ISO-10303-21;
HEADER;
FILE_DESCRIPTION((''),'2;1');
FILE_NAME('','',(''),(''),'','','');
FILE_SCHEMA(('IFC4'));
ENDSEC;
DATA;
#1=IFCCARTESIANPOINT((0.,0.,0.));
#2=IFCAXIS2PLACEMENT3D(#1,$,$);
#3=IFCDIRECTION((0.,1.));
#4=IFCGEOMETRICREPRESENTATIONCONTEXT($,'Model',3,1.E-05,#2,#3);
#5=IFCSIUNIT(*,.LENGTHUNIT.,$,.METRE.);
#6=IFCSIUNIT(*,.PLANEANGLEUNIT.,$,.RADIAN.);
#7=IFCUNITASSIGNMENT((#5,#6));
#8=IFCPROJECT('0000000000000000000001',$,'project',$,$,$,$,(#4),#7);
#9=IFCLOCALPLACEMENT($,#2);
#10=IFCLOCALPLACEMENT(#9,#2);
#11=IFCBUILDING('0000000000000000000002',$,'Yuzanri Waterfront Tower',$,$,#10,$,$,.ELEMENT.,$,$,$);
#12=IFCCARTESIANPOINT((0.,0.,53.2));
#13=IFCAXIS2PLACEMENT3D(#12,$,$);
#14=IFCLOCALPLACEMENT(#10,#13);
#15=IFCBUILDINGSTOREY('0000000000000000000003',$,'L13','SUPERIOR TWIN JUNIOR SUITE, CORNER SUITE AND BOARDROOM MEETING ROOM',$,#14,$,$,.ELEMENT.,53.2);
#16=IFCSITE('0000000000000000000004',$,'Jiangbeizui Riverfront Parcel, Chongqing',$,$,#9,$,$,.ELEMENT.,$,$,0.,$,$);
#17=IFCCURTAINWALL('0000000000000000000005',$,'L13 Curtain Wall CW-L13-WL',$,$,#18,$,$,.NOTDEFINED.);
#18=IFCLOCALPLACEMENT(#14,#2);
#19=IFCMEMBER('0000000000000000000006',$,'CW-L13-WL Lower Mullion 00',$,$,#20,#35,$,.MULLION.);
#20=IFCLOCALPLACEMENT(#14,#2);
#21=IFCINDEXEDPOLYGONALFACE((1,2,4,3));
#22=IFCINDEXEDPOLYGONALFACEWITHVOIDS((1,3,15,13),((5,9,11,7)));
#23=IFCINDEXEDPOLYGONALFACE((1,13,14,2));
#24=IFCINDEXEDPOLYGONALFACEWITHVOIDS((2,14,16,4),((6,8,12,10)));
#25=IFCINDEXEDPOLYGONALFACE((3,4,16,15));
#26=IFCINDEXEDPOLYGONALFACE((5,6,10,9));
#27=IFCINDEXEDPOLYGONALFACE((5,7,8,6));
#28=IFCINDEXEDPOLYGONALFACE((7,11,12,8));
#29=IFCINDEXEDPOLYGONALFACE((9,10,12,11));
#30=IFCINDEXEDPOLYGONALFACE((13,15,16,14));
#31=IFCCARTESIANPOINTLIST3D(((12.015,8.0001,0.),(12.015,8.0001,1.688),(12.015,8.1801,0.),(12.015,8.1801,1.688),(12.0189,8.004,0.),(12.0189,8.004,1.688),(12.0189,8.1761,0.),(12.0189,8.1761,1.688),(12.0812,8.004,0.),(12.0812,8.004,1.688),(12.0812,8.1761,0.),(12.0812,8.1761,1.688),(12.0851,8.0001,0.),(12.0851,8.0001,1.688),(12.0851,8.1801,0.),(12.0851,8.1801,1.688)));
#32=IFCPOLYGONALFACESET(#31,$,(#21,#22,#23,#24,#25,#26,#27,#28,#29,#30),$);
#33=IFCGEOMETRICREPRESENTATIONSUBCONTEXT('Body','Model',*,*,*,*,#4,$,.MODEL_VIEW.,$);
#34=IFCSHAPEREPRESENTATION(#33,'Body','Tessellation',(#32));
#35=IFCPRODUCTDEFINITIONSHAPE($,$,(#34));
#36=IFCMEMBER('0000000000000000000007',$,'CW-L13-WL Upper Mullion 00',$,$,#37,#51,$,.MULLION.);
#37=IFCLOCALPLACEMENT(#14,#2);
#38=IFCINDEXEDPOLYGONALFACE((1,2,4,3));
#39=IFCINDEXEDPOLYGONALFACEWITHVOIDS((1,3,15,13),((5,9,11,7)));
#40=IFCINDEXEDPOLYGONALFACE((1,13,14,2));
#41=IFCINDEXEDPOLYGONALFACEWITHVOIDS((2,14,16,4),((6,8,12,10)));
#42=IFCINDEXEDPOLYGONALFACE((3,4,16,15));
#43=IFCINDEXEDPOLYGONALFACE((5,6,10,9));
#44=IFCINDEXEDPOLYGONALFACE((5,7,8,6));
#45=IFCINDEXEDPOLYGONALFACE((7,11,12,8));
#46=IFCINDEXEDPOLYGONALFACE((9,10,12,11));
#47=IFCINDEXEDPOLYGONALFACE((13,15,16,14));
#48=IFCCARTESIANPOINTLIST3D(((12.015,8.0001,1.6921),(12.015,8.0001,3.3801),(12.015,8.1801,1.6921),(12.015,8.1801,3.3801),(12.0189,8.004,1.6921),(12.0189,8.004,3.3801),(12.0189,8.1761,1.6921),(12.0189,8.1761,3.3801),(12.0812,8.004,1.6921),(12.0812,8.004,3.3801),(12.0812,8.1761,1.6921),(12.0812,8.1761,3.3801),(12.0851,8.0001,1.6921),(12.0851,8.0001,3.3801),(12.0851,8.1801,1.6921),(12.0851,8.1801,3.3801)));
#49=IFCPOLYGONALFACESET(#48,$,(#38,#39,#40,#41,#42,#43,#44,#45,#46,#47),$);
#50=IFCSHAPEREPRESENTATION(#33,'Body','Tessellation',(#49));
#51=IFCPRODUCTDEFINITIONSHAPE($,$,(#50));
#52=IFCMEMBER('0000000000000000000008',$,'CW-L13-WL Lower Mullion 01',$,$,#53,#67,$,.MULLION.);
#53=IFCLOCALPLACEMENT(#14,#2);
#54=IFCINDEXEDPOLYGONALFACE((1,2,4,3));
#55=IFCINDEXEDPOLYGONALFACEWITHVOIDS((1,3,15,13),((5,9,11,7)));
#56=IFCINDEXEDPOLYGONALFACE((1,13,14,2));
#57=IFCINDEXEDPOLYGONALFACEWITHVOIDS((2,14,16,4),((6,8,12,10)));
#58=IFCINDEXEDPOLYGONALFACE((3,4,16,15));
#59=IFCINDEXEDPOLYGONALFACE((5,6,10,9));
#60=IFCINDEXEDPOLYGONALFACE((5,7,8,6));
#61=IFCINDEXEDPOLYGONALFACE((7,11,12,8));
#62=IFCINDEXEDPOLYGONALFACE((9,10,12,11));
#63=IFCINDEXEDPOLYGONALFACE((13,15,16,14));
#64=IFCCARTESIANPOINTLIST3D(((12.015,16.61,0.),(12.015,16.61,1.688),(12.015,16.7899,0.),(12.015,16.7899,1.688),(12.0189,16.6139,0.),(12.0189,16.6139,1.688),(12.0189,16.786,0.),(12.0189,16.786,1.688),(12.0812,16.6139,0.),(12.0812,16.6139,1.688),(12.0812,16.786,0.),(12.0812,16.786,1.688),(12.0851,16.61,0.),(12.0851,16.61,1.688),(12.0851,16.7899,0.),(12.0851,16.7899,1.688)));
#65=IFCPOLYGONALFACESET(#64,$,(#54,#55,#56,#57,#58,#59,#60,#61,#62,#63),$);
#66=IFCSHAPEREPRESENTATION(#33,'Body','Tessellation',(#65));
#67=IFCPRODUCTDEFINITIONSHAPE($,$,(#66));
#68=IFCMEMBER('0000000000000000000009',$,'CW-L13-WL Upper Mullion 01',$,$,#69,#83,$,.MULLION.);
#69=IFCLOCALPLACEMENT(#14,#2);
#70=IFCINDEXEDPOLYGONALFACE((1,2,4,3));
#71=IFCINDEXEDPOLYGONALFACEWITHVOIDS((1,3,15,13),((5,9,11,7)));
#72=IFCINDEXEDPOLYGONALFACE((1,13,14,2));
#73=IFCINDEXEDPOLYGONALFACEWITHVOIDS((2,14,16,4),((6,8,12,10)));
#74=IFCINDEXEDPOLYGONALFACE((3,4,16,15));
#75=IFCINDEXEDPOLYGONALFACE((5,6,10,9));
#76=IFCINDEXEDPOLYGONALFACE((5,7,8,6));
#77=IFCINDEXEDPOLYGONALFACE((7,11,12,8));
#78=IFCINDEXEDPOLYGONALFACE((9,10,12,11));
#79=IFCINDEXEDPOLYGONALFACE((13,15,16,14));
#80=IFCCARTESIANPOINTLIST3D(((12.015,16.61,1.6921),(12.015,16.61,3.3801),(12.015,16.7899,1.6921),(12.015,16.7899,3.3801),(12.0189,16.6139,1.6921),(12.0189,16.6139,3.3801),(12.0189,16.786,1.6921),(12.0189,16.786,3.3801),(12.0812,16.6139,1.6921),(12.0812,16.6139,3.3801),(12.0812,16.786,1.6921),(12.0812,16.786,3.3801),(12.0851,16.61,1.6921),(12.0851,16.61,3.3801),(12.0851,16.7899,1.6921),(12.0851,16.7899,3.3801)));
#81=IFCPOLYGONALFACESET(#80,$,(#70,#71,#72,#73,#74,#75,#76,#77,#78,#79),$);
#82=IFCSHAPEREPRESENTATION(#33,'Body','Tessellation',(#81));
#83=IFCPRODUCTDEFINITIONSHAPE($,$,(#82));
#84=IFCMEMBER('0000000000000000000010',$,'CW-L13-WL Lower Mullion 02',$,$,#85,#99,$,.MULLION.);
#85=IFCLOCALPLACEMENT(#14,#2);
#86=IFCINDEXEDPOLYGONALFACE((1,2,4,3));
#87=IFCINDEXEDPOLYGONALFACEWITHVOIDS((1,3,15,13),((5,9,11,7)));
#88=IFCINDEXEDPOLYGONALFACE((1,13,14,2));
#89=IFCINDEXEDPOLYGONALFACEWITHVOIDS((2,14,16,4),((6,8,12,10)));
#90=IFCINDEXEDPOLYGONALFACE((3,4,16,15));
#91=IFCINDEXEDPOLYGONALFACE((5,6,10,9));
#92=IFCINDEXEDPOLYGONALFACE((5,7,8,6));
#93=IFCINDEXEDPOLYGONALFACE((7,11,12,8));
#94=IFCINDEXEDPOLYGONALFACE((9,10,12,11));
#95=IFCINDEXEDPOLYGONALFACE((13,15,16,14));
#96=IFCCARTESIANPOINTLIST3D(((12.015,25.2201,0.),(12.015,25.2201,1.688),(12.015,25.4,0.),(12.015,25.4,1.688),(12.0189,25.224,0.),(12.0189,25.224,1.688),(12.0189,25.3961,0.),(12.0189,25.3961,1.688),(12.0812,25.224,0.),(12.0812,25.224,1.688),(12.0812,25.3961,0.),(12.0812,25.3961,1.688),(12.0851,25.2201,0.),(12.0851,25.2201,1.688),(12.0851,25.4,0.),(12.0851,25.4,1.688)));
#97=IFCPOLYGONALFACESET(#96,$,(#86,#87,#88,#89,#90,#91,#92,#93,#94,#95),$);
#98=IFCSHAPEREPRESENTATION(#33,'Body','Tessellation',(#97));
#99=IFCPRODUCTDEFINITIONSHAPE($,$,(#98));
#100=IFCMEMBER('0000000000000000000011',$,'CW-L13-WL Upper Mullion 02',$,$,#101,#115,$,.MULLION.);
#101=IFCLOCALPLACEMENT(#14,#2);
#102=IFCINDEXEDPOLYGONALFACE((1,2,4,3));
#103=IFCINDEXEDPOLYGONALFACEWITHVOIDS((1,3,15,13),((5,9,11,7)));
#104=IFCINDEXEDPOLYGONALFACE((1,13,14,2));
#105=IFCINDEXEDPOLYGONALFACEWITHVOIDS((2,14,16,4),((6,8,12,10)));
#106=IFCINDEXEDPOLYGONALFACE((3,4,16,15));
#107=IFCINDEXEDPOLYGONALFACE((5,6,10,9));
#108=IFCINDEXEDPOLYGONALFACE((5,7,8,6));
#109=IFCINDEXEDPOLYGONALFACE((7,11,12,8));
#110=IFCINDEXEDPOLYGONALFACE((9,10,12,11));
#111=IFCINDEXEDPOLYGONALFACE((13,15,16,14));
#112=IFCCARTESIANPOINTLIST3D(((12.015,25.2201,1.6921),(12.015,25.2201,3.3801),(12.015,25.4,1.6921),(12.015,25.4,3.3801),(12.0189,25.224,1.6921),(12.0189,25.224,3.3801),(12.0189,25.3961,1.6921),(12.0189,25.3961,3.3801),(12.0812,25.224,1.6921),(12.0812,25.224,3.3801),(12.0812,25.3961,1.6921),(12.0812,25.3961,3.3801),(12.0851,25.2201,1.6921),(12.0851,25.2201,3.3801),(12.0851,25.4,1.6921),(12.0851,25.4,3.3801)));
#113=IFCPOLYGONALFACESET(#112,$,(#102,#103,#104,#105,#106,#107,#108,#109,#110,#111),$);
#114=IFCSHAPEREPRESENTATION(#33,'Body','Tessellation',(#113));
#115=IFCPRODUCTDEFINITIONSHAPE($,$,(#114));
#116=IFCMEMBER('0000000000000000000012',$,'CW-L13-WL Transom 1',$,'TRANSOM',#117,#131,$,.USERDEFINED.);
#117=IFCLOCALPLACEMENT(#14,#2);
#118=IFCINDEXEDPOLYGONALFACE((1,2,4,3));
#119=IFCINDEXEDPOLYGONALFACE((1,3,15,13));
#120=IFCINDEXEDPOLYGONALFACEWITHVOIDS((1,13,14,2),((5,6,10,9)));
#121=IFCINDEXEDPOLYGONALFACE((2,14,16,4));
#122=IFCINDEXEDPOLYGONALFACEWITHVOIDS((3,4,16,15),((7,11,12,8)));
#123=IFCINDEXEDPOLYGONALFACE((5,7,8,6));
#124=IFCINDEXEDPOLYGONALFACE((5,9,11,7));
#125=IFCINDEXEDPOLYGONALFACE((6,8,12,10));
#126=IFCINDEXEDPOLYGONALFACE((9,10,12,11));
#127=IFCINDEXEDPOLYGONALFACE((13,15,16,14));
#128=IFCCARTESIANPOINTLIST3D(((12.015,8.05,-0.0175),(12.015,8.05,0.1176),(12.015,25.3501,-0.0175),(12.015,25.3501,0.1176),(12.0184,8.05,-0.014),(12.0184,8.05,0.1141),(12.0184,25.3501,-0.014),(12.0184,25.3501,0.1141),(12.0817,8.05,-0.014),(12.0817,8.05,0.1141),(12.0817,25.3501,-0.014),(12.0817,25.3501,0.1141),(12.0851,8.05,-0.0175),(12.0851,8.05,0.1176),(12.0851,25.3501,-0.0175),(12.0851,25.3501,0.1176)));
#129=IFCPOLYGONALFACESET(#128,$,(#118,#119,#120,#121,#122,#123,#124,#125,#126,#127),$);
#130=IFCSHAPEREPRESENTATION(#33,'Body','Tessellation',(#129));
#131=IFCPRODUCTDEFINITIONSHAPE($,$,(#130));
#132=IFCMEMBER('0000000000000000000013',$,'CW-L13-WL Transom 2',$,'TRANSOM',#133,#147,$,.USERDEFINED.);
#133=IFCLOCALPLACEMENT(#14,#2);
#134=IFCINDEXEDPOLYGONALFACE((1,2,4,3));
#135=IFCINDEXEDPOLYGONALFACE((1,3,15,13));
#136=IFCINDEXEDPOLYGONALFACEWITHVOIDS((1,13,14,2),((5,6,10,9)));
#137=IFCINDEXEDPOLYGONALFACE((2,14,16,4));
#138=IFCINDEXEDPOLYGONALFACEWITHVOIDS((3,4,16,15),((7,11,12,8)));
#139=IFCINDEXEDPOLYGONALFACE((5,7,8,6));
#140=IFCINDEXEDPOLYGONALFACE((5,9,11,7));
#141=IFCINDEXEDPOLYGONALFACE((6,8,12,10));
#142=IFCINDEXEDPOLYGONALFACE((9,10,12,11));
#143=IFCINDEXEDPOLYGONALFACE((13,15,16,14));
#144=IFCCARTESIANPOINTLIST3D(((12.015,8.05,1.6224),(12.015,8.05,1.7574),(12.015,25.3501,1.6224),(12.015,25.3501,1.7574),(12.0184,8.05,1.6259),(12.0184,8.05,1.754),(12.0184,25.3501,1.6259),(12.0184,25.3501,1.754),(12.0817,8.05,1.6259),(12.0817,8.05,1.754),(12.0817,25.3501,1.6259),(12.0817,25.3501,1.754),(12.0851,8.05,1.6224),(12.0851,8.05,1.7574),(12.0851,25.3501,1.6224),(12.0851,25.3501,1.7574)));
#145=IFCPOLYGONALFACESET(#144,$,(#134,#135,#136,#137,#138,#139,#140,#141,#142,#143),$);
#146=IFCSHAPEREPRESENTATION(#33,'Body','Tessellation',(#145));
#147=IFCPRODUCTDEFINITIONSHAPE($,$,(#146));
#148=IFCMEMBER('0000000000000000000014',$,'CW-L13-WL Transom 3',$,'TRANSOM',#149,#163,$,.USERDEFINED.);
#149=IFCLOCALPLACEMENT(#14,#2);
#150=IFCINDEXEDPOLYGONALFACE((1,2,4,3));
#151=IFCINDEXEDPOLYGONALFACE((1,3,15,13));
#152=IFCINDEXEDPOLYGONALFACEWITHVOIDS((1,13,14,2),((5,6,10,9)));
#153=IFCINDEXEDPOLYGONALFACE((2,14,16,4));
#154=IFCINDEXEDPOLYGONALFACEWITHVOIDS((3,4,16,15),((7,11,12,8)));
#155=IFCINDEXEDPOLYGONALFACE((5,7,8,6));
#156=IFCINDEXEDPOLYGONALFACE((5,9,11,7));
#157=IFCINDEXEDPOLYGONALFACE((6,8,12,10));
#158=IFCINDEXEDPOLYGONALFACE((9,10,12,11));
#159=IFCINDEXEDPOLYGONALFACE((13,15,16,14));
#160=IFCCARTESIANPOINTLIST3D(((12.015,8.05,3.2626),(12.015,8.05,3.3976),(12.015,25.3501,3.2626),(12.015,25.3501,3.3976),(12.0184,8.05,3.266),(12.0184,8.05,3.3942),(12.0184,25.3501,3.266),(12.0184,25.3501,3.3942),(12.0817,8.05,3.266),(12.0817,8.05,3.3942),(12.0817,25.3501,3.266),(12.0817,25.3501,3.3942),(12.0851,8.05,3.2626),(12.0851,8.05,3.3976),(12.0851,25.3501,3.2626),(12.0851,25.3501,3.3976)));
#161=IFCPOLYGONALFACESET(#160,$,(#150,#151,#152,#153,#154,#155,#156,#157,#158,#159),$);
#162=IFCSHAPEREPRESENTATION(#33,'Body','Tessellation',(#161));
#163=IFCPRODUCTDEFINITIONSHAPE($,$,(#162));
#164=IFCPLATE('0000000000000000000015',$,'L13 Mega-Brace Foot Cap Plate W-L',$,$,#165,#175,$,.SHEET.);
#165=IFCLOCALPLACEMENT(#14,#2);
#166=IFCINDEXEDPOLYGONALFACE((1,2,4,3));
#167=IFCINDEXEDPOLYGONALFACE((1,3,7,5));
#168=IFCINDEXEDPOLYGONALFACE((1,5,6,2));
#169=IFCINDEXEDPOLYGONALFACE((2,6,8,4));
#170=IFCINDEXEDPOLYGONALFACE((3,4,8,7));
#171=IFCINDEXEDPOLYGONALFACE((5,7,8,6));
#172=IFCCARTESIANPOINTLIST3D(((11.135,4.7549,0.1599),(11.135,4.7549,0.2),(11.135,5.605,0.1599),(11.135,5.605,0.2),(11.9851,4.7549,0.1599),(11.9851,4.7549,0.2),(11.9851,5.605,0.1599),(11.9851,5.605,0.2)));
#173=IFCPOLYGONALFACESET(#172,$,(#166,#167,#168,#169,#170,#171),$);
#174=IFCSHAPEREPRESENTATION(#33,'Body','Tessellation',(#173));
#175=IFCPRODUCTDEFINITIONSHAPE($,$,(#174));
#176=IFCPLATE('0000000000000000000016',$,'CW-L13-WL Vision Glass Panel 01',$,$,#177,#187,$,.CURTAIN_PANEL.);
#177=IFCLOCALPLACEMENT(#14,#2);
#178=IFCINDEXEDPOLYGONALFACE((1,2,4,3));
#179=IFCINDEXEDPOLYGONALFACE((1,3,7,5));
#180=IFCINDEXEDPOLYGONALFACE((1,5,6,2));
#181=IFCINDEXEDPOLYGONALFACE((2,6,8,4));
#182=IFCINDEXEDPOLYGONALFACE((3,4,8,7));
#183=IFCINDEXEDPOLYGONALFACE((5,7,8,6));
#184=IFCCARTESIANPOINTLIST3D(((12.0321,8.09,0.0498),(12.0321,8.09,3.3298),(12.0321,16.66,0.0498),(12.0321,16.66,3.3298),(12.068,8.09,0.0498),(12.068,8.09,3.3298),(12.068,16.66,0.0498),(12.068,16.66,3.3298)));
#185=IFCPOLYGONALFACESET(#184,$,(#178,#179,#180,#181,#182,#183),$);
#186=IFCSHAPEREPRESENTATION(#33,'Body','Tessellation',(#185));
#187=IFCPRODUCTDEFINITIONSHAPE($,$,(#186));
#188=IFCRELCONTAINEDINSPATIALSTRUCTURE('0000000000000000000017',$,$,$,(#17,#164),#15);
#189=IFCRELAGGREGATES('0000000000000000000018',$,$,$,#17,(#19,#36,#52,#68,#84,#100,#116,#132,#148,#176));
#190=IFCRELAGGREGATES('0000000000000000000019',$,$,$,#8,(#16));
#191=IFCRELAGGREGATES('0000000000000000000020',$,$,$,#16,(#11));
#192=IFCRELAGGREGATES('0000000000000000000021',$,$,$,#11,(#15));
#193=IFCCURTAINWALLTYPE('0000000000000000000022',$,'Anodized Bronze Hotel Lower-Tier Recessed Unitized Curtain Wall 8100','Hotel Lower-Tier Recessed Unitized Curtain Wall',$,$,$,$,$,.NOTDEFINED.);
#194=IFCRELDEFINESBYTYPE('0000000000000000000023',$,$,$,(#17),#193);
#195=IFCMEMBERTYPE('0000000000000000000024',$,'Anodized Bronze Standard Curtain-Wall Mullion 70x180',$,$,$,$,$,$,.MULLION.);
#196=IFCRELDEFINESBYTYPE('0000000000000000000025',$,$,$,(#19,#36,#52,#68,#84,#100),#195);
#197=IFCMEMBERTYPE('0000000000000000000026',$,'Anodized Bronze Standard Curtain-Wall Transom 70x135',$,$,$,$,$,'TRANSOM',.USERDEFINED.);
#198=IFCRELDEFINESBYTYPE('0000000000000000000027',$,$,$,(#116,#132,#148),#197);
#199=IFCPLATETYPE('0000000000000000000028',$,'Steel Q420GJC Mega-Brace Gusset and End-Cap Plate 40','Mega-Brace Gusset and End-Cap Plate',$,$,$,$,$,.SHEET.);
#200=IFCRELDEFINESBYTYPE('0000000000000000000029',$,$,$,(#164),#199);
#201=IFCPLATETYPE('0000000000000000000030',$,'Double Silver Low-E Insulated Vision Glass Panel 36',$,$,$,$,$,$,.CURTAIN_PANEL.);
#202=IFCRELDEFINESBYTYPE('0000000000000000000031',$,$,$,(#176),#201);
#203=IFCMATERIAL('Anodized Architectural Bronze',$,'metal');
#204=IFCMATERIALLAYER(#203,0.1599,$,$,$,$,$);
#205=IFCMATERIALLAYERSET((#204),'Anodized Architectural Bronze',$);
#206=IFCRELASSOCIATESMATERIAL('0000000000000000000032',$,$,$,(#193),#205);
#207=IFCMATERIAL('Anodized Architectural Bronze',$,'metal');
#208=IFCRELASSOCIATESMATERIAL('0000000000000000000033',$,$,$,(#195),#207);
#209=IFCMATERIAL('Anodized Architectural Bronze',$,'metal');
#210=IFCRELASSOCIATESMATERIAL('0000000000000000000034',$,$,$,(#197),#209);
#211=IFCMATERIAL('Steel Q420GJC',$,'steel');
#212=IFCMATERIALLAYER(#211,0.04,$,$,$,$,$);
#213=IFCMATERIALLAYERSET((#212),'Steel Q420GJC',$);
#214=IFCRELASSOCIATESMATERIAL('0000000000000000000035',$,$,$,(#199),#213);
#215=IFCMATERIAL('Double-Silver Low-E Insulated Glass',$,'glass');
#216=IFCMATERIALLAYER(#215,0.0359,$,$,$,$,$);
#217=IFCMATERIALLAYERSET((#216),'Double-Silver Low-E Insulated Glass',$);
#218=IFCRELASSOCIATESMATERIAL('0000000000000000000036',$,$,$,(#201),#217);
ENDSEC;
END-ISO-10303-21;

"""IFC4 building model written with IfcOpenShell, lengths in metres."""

from ifc_helpers import new_model, si_unit, direction, frame, origin, origin_2d, place, context, subcontext, project, spatial, rectangle, hollow_rectangle, extrude, source, transform, mapped, material, layer, layer_set, material_profile, profile_set, type_object, element, aggregate, save


model = new_model("IFC4")

# Units and contexts
model_context = context("Model", 3, precision=1e-05, world=origin(), true_north=direction((0.0, 1.0)))
body_context = subcontext(model_context, "Body", "Model", "MODEL_VIEW")
ifc_project = project(units=[si_unit("LENGTHUNIT", "METRE"), si_unit("PLANEANGLEUNIT", "RADIAN")], contexts=[model_context])

# Site, building, storey
site_placement = place(None, origin())
site = spatial("IfcSite", under=ifc_project, at=site_placement, Name="Jiangbeizui Riverfront Parcel, Chongqing", CompositionType="ELEMENT", RefElevation=0.0)
building_placement = place(site_placement, origin())
building = spatial("IfcBuilding", under=site, at=building_placement, Name="Yuzanri Waterfront Tower", CompositionType="ELEMENT")
storey_placement = place(building_placement, frame((0.0, 0.0, 53.2)))
storey = spatial("IfcBuildingStorey", under=building, at=storey_placement, Name="L13", Description="SUPERIOR TWIN JUNIOR SUITE, CORNER SUITE AND BOARDROOM MEETING ROOM", CompositionType="ELEMENT", Elevation=53.2)

# Curtain wall, members
ifc_material_1 = material(Name="Anodized Architectural Bronze", Category="metal")
ifc_layer_1 = layer(ifc_material_1, 0.1599)
ifc_layer_set_1 = layer_set([ifc_layer_1], Name="Anodized Architectural Bronze")
curtain_wall_type = type_object("IfcCurtainWallType", Name="Anodized Bronze Hotel Lower-Tier Recessed Unitized Curtain Wall 8100", Description="Hotel Lower-Tier Recessed Unitized Curtain Wall", PredefinedType="NOTDEFINED", material=ifc_layer_set_1)
curtain_wall_placement = place(storey_placement, origin())
curtain_wall = element("IfcCurtainWall", 1, at=curtain_wall_placement, inside=storey, type_object=curtain_wall_type, Name="L13 Curtain Wall CW-L13-WL", PredefinedType="NOTDEFINED")
ifc_material_2 = material(Name="Anodized Architectural Bronze", Category="metal")
ifc_material_profile_1 = material_profile(ifc_material_2, hollow_rectangle(XDim=0.0701, YDim=0.1799, WallThickness=0.0039, at=origin_2d()), Name="CWM 70x180")
ifc_profile_set_1 = profile_set([ifc_material_profile_1], Name="Anodized Architectural Bronze")
member_type_1 = type_object("IfcMemberType", Name="Anodized Bronze Standard Curtain-Wall Mullion 70x180", PredefinedType="MULLION", material=ifc_profile_set_1)
shared_shape_1 = source(origin(), body_context, "Body", "SweptSolid", [
    extrude(hollow_rectangle(XDim=0.0701, YDim=0.1799, WallThickness=0.0039, at=origin_2d()), origin(), (0.0, 0.0, 1.0), 1.688),
])
member_1_placement = place(storey_placement, frame((12.05, 8.0901, 0.0), z_axis=(0.0, 0.0, 1.0), x_axis=(1.0, 0.0, 0.0)))
member_1 = element("IfcMember", 2, at=member_1_placement, type_object=member_type_1, Name="CW-L13-WL Lower Mullion 00", PredefinedType="MULLION", context=body_context, shape_type="MappedRepresentation", body=[
    mapped(shared_shape_1, transform((0.0, 0.0, 0.0), scale=1.0)),
])
member_2_placement = place(storey_placement, frame((12.05, 8.0901, 1.6921), z_axis=(0.0, 0.0, 1.0), x_axis=(1.0, 0.0, 0.0)))
member_2 = element("IfcMember", 3, at=member_2_placement, type_object=member_type_1, Name="CW-L13-WL Upper Mullion 00", PredefinedType="MULLION", context=body_context, shape_type="MappedRepresentation", body=[
    mapped(shared_shape_1, transform((0.0, 0.0, 0.0), scale=1.0)),
])
member_3_placement = place(storey_placement, frame((12.05, 16.7, 0.0), z_axis=(0.0, 0.0, 1.0), x_axis=(1.0, 0.0, 0.0)))
member_3 = element("IfcMember", 4, at=member_3_placement, type_object=member_type_1, Name="CW-L13-WL Lower Mullion 01", PredefinedType="MULLION", context=body_context, shape_type="MappedRepresentation", body=[
    mapped(shared_shape_1, transform((0.0, 0.0, 0.0), scale=1.0)),
])
member_4_placement = place(storey_placement, frame((12.05, 16.7, 1.6921), z_axis=(0.0, 0.0, 1.0), x_axis=(1.0, 0.0, 0.0)))
member_4 = element("IfcMember", 5, at=member_4_placement, type_object=member_type_1, Name="CW-L13-WL Upper Mullion 01", PredefinedType="MULLION", context=body_context, shape_type="MappedRepresentation", body=[
    mapped(shared_shape_1, transform((0.0, 0.0, 0.0), scale=1.0)),
])
member_5_placement = place(storey_placement, frame((12.05, 25.3101, 0.0), z_axis=(0.0, 0.0, 1.0), x_axis=(1.0, 0.0, 0.0)))
member_5 = element("IfcMember", 6, at=member_5_placement, type_object=member_type_1, Name="CW-L13-WL Lower Mullion 02", PredefinedType="MULLION", context=body_context, shape_type="MappedRepresentation", body=[
    mapped(shared_shape_1, transform((0.0, 0.0, 0.0), scale=1.0)),
])
member_6_placement = place(storey_placement, frame((12.05, 25.3101, 1.6921), z_axis=(0.0, 0.0, 1.0), x_axis=(1.0, 0.0, 0.0)))
member_6 = element("IfcMember", 7, at=member_6_placement, type_object=member_type_1, Name="CW-L13-WL Upper Mullion 02", PredefinedType="MULLION", context=body_context, shape_type="MappedRepresentation", body=[
    mapped(shared_shape_1, transform((0.0, 0.0, 0.0), scale=1.0)),
])
ifc_material_3 = material(Name="Anodized Architectural Bronze", Category="metal")
ifc_material_profile_2 = material_profile(ifc_material_3, hollow_rectangle(XDim=0.0701, YDim=0.135, WallThickness=0.0034, at=origin_2d()), Name="CWT 70x135")
ifc_profile_set_2 = profile_set([ifc_material_profile_2], Name="Anodized Architectural Bronze")
member_type_2 = type_object("IfcMemberType", Name="Anodized Bronze Standard Curtain-Wall Transom 70x135", ElementType="TRANSOM", PredefinedType="USERDEFINED", material=ifc_profile_set_2)
shared_shape_2 = source(origin(), body_context, "Body", "SweptSolid", [
    extrude(hollow_rectangle(XDim=0.0701, YDim=0.135, WallThickness=0.0034, at=origin_2d()), origin(), (0.0, 0.0, 1.0), 17.3),
])
member_7_placement = place(storey_placement, frame((12.05, 8.05, 0.05), z_axis=(0.0, 1.0, 0.0), x_axis=(-1.0, 0.0, 0.0)))
member_7 = element("IfcMember", 8, at=member_7_placement, type_object=member_type_2, Name="CW-L13-WL Transom 1", ObjectType="TRANSOM", PredefinedType="USERDEFINED", context=body_context, shape_type="MappedRepresentation", body=[
    mapped(shared_shape_2, transform((0.0, 0.0, 0.0), scale=1.0)),
])
member_8_placement = place(storey_placement, frame((12.05, 8.05, 1.6899), z_axis=(0.0, 1.0, 0.0), x_axis=(-1.0, 0.0, 0.0)))
member_8 = element("IfcMember", 9, at=member_8_placement, type_object=member_type_2, Name="CW-L13-WL Transom 2", ObjectType="TRANSOM", PredefinedType="USERDEFINED", context=body_context, shape_type="MappedRepresentation", body=[
    mapped(shared_shape_2, transform((0.0, 0.0, 0.0), scale=1.0)),
])
member_9_placement = place(storey_placement, frame((12.05, 8.05, 3.3301), z_axis=(0.0, 1.0, 0.0), x_axis=(-1.0, 0.0, 0.0)))
member_9 = element("IfcMember", 10, at=member_9_placement, type_object=member_type_2, Name="CW-L13-WL Transom 3", ObjectType="TRANSOM", PredefinedType="USERDEFINED", context=body_context, shape_type="MappedRepresentation", body=[
    mapped(shared_shape_2, transform((0.0, 0.0, 0.0), scale=1.0)),
])

# Plates
ifc_material_4 = material(Name="Steel Q420GJC", Category="steel")
ifc_layer_2 = layer(ifc_material_4, 0.04)
ifc_layer_set_2 = layer_set([ifc_layer_2], Name="Steel Q420GJC")
plate_type_1 = type_object("IfcPlateType", Name="Steel Q420GJC Mega-Brace Gusset and End-Cap Plate 40", Description="Mega-Brace Gusset and End-Cap Plate", PredefinedType="SHEET", material=ifc_layer_set_2)
shared_shape_3 = source(origin(), body_context, "Body", "SweptSolid", [
    extrude(rectangle(XDim=0.8501, YDim=0.8501, at=origin_2d()), origin(), (0.0, 0.0, 1.0), 0.04),
])
plate_1_placement = place(storey_placement, frame((11.5601, 5.1799, 0.1599), z_axis=(0.0, 0.0, 1.0), x_axis=(1.0, 0.0, 0.0)))
element("IfcPlate", 11, at=plate_1_placement, inside=storey, type_object=plate_type_1, Name="L13 Mega-Brace Foot Cap Plate W-L", PredefinedType="SHEET", context=body_context, shape_type="MappedRepresentation", body=[
    mapped(shared_shape_3, transform((0.0, 0.0, 0.0), scale=1.0)),
])
ifc_material_5 = material(Name="Double-Silver Low-E Insulated Glass", Category="glass")
ifc_layer_3 = layer(ifc_material_5, 0.0359)
ifc_layer_set_3 = layer_set([ifc_layer_3], Name="Double-Silver Low-E Insulated Glass")
plate_type_2 = type_object("IfcPlateType", Name="Double Silver Low-E Insulated Vision Glass Panel 36", PredefinedType="CURTAIN_PANEL", material=ifc_layer_set_3)
shared_shape_4 = source(origin(), body_context, "Body", "SweptSolid", [
    extrude(rectangle(XDim=8.5701, YDim=0.0359, at=origin_2d()), origin(), (0.0, 0.0, 1.0), 3.28),
])
plate_2_placement = place(storey_placement, frame((12.05, 12.375, 0.0498), z_axis=(0.0, 0.0, 1.0), x_axis=(0.0, 1.0, 0.0)))
plate_2 = element("IfcPlate", 12, at=plate_2_placement, type_object=plate_type_2, Name="CW-L13-WL Vision Glass Panel 01", PredefinedType="CURTAIN_PANEL", context=body_context, shape_type="MappedRepresentation", body=[
    mapped(shared_shape_4, transform((0.0, 0.0, 0.0), scale=1.0)),
])
aggregate(curtain_wall, [member_1, member_2, member_3, member_4, member_5, member_6, member_7, member_8, member_9, plate_2])

save(model, "model.ifc")
